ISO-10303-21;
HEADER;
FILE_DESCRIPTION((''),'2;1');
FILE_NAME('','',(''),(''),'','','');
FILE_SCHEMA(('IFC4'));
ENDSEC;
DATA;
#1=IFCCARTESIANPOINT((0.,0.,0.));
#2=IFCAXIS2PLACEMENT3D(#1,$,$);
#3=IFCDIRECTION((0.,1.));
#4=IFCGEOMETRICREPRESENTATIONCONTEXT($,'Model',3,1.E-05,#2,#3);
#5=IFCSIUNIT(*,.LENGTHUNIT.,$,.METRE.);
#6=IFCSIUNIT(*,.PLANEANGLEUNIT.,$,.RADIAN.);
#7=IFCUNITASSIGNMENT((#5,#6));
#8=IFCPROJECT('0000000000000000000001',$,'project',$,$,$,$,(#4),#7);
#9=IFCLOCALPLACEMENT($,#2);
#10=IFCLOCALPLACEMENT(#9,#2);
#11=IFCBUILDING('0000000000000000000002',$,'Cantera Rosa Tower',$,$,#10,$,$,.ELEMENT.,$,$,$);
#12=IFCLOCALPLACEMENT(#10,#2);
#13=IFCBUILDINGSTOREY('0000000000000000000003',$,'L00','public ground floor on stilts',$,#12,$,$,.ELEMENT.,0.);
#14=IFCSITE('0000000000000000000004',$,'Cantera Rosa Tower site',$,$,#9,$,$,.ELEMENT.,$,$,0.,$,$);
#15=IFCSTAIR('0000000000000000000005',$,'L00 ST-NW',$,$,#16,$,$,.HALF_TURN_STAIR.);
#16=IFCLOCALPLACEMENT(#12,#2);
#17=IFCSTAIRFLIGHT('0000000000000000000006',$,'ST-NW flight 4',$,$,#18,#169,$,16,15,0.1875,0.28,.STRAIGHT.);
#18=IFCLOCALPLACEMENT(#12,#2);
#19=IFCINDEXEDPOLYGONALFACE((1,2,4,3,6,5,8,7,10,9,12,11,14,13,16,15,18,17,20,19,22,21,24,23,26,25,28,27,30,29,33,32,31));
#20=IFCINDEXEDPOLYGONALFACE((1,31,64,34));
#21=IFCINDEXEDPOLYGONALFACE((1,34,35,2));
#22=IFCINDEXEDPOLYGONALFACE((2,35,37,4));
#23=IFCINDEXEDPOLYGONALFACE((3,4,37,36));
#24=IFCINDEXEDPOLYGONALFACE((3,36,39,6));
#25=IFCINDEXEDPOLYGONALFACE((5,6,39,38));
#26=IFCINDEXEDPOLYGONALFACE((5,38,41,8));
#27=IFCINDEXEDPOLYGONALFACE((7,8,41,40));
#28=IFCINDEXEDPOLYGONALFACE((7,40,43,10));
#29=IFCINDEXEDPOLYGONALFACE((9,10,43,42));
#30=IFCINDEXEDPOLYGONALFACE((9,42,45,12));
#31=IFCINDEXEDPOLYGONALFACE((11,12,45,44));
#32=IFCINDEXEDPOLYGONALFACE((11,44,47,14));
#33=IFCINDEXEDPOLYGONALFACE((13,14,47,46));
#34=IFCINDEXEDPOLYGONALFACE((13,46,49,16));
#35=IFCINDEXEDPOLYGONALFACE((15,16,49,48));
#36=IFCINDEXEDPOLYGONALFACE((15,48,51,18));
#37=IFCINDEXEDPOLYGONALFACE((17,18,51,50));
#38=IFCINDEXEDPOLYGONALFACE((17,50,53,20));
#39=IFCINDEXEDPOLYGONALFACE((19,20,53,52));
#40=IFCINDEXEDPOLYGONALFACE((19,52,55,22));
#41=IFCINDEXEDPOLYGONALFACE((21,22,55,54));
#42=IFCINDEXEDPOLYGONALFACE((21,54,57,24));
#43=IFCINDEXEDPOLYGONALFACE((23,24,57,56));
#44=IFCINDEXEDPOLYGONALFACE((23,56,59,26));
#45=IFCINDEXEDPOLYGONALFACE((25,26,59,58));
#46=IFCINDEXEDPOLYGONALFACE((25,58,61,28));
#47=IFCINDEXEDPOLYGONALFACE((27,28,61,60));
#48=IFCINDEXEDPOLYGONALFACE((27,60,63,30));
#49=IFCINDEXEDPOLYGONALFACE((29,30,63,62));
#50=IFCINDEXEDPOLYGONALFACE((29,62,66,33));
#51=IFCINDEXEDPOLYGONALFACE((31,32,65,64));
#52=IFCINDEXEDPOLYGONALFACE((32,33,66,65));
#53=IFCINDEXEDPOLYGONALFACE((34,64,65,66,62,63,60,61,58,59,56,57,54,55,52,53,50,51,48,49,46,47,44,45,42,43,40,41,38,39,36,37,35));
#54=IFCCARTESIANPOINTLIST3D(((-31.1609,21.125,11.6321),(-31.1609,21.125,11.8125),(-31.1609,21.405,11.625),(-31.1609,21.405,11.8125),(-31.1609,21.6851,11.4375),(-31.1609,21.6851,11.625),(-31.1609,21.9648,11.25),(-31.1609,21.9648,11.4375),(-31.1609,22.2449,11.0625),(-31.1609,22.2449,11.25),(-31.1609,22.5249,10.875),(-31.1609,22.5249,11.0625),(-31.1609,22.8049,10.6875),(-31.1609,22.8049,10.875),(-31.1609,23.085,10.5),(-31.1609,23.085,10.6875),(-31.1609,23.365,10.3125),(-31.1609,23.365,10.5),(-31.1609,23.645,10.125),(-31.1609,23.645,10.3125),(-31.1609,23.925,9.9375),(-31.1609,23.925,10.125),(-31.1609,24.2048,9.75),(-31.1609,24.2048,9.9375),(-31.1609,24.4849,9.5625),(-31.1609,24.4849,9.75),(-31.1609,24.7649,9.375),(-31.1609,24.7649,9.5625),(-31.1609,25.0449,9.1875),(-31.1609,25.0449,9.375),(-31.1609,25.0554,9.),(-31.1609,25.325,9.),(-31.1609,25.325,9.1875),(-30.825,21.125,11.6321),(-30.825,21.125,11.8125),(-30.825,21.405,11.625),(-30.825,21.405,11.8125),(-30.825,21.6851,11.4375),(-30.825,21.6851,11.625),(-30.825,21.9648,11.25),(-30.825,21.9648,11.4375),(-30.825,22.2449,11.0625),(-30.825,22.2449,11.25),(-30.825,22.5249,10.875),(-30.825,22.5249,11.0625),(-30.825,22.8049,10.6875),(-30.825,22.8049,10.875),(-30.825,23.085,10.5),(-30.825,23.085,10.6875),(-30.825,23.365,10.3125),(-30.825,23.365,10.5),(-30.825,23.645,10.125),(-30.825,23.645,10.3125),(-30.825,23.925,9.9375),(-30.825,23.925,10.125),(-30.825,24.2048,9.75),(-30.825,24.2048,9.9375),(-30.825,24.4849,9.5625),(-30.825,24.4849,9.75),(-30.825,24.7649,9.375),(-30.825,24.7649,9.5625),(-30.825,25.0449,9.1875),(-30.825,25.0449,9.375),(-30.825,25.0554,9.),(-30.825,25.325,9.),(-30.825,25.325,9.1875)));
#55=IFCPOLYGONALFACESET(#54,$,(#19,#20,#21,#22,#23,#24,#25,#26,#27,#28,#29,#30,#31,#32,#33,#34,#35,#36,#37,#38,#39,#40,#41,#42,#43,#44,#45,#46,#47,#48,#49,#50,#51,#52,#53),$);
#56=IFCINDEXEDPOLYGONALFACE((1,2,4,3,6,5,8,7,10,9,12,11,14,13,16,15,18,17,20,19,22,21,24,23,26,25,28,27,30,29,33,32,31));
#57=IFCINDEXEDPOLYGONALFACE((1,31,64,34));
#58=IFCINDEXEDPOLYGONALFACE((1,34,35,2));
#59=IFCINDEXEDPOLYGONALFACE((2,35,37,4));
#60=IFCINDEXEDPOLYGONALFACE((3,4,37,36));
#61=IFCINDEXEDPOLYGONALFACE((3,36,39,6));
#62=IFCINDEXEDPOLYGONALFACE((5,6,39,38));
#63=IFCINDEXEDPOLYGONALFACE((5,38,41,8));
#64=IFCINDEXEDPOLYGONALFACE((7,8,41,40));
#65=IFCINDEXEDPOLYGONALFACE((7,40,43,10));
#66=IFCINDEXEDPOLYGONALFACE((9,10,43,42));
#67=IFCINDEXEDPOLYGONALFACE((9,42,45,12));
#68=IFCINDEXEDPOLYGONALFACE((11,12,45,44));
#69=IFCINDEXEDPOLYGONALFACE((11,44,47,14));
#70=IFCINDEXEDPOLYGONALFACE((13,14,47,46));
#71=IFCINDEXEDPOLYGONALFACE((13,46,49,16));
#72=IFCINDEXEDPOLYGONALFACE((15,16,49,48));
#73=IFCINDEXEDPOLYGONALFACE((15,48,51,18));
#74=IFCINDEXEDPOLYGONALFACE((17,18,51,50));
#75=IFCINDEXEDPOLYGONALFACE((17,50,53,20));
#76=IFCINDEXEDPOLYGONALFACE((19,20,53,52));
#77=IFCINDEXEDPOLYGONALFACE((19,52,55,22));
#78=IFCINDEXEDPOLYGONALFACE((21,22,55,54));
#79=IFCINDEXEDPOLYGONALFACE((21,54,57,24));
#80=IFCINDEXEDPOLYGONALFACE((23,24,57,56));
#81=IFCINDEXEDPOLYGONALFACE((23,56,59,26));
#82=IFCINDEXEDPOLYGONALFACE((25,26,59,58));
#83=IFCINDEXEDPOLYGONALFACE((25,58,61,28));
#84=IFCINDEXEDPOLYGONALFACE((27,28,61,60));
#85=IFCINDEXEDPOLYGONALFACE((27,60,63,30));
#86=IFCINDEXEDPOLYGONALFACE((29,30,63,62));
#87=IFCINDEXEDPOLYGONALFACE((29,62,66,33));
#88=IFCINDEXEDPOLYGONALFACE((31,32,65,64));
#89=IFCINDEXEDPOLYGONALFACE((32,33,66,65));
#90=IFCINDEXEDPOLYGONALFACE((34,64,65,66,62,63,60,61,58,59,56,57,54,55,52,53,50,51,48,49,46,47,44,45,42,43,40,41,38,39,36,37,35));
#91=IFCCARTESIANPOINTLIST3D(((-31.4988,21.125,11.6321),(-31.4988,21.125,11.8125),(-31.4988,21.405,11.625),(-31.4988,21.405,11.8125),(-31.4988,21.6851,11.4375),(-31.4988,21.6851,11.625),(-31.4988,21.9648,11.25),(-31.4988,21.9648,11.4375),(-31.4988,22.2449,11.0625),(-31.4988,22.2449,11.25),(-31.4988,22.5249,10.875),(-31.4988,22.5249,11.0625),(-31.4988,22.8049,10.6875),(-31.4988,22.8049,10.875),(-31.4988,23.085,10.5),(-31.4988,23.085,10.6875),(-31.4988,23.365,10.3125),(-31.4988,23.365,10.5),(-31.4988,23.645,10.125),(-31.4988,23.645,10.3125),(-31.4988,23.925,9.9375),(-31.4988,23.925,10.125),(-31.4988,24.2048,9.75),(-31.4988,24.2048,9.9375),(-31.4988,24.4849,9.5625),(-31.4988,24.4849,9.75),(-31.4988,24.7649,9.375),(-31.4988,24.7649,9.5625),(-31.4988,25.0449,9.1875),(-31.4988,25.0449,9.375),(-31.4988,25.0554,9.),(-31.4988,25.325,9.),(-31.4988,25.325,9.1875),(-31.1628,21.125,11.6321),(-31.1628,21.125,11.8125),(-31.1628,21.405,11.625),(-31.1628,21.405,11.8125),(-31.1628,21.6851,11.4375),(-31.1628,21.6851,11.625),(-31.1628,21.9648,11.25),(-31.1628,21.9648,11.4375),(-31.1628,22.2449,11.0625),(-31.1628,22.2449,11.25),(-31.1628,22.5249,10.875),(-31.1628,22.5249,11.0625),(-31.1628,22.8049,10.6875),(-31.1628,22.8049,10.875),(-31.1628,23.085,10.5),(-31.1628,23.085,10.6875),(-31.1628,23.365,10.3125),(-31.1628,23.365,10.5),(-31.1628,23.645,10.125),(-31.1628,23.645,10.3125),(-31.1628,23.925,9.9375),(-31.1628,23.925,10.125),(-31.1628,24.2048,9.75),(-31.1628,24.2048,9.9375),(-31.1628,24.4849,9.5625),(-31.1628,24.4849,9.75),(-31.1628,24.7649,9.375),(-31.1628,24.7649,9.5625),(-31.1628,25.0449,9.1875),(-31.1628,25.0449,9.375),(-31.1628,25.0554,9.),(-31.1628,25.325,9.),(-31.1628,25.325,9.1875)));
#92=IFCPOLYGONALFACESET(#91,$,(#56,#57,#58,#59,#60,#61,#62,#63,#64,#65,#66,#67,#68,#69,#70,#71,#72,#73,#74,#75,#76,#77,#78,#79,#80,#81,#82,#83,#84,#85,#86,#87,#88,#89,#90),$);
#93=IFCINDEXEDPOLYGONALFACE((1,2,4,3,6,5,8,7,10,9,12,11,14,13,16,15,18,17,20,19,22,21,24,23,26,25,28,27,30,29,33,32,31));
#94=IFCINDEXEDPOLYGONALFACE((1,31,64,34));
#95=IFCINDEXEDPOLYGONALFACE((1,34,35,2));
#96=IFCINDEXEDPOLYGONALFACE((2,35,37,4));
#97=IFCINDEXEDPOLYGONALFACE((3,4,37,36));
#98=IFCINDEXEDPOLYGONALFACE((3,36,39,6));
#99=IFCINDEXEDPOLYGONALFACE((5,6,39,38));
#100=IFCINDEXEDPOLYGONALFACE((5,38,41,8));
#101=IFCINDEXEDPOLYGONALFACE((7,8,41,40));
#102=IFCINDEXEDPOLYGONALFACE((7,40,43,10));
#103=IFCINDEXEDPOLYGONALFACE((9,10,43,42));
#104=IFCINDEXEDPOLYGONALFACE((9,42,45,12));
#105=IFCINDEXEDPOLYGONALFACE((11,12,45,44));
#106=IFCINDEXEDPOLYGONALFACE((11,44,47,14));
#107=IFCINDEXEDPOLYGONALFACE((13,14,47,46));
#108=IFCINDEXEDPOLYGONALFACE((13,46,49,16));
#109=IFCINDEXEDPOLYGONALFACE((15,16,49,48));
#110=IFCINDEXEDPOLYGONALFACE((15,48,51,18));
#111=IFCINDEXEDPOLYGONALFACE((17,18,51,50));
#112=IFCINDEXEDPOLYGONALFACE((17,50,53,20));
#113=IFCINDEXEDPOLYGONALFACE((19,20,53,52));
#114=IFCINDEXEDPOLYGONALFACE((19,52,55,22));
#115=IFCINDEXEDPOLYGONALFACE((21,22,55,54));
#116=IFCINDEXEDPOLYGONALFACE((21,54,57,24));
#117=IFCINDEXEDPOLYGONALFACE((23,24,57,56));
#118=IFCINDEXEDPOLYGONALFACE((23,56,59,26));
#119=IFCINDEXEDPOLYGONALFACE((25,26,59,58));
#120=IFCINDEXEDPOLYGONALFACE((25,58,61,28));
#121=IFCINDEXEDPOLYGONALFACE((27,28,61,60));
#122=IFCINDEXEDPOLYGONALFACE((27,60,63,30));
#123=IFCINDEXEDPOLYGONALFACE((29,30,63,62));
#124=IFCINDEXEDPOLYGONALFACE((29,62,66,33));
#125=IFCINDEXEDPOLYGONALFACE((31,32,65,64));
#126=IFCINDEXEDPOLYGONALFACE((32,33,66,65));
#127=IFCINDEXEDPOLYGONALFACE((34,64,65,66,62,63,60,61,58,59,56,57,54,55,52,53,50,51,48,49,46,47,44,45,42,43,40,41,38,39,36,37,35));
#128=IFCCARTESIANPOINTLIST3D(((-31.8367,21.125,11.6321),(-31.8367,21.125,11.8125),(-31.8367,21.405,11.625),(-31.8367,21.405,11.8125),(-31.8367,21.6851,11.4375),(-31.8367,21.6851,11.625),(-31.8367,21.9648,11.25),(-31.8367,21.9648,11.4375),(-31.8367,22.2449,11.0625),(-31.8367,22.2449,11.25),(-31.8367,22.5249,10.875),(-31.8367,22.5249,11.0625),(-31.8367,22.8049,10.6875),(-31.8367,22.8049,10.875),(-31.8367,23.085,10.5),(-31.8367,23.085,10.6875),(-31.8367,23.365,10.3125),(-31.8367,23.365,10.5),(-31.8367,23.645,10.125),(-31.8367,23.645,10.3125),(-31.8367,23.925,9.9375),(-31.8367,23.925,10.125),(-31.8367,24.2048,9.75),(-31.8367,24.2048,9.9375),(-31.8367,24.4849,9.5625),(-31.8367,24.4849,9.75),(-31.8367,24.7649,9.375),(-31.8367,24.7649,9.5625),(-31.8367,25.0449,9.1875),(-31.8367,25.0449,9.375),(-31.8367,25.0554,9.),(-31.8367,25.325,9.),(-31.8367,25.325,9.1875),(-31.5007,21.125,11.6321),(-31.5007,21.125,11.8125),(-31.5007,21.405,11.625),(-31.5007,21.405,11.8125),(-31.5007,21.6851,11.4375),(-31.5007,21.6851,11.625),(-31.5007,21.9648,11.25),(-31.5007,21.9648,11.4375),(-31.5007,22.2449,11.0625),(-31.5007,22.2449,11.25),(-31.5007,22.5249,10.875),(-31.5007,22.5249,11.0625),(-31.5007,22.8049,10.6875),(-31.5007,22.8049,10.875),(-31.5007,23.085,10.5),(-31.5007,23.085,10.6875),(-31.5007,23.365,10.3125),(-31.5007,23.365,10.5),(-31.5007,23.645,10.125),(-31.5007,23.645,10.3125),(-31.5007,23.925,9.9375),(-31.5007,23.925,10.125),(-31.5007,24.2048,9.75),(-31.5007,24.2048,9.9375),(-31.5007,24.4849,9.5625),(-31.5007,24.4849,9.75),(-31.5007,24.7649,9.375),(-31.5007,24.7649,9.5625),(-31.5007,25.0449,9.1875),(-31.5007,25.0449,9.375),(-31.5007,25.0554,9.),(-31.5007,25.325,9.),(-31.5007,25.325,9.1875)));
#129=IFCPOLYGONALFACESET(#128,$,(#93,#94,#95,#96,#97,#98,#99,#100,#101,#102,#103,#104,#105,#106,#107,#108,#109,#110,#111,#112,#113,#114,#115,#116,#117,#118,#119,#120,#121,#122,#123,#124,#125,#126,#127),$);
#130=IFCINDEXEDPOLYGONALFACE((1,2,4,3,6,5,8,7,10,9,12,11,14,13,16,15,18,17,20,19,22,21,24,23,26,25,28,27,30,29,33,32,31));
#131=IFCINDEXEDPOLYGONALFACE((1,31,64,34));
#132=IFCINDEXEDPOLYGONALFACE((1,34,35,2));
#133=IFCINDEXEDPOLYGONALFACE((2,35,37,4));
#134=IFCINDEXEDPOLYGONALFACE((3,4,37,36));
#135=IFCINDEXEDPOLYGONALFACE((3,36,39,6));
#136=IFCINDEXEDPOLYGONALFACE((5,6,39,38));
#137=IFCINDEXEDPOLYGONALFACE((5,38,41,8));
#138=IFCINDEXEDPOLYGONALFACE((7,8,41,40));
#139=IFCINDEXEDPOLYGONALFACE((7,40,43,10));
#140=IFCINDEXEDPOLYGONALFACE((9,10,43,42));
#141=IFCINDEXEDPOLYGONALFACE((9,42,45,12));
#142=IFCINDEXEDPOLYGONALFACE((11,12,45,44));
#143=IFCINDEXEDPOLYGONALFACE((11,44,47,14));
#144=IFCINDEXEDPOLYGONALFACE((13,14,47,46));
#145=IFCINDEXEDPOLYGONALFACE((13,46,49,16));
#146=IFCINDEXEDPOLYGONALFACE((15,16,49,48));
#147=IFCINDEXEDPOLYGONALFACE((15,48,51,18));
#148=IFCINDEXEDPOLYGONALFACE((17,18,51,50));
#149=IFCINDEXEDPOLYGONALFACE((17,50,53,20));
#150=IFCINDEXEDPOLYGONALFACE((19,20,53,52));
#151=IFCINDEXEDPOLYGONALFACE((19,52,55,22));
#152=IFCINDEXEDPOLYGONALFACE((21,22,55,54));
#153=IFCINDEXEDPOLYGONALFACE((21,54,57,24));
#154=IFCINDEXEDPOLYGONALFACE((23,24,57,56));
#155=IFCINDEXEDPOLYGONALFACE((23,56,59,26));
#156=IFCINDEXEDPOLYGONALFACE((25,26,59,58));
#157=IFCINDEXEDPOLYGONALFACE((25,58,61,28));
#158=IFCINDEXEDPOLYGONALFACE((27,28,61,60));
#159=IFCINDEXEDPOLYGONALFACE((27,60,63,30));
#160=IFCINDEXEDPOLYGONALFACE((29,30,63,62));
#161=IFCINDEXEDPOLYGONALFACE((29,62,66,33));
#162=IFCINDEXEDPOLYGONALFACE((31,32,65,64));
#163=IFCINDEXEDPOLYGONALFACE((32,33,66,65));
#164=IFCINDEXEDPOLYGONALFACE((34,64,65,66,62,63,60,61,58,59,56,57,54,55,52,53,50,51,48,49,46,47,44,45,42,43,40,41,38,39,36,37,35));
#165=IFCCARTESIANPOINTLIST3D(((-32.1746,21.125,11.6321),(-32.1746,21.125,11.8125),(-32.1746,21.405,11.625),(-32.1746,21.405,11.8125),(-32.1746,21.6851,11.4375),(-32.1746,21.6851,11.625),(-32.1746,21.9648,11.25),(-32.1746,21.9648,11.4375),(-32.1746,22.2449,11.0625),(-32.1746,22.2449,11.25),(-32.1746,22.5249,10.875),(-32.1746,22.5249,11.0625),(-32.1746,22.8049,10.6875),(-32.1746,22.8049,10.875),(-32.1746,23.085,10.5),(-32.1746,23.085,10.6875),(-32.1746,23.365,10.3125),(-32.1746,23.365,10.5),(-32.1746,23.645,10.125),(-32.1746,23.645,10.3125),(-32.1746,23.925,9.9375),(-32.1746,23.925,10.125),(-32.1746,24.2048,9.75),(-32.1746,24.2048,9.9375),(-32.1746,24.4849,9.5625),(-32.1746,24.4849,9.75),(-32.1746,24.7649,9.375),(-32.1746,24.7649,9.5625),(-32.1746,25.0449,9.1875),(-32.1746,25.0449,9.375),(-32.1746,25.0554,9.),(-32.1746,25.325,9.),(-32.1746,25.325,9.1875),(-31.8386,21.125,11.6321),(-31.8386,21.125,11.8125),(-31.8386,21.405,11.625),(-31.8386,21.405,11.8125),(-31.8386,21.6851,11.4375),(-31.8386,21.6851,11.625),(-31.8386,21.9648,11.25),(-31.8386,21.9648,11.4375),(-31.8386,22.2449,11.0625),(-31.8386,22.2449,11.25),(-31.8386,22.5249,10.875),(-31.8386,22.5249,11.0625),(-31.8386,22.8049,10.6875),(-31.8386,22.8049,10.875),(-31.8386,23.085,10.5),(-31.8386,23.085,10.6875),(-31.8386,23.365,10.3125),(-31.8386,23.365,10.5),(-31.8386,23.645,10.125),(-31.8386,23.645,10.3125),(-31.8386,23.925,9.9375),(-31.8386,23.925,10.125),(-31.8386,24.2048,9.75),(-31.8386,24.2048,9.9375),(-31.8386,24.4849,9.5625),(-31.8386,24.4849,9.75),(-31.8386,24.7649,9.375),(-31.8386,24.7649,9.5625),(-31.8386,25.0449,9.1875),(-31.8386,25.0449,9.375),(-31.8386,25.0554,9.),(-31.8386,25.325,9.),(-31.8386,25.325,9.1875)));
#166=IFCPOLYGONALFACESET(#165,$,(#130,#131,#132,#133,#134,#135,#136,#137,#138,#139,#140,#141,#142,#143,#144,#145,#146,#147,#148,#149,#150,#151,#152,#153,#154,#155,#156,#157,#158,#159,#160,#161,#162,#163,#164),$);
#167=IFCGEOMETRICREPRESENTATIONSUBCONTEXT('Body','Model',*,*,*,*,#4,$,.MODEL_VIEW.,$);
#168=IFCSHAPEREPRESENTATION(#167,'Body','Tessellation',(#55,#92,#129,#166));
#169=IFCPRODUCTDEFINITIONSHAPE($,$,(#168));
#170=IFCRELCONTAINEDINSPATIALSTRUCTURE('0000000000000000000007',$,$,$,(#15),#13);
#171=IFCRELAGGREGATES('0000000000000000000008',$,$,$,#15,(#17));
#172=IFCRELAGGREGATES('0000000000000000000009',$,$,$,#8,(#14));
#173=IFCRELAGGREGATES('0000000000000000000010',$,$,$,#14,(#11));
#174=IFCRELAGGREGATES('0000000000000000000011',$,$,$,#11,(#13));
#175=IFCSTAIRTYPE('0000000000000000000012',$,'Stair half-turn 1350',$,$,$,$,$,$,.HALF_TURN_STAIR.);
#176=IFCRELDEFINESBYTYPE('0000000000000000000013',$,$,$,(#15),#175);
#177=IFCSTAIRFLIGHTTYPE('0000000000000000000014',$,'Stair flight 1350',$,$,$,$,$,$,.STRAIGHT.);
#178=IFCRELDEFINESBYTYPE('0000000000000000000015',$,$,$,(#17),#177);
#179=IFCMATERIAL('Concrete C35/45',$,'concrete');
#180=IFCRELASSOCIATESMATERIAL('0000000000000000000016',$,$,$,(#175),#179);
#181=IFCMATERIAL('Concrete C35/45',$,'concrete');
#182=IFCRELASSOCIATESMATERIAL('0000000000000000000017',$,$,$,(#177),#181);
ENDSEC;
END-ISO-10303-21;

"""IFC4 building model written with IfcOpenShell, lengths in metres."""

from ifc_helpers import new_model, si_unit, direction, frame, origin, place, context, subcontext, project, spatial, polyline, outline, extrude, material, type_object, element, aggregate, save


model = new_model("IFC4")

# Units and contexts
model_context = context("Model", 3, precision=1e-05, world=origin(), true_north=direction((0.0, 1.0)))
body_context = subcontext(model_context, "Body", "Model", "MODEL_VIEW")
ifc_project = project(units=[si_unit("LENGTHUNIT", "METRE"), si_unit("PLANEANGLEUNIT", "RADIAN")], contexts=[model_context])

# Site, building, storey
site_placement = place(None, origin())
site = spatial("IfcSite", under=ifc_project, at=site_placement, Name="Cantera Rosa Tower site", CompositionType="ELEMENT", RefElevation=0.0)
building_placement = place(site_placement, origin())
building = spatial("IfcBuilding", under=site, at=building_placement, Name="Cantera Rosa Tower", CompositionType="ELEMENT")
storey_placement = place(building_placement, origin())
storey = spatial("IfcBuildingStorey", under=building, at=storey_placement, Name="L00", Description="public ground floor on stilts", CompositionType="ELEMENT", Elevation=0.0)

# Stair, stair flight
ifc_material_1 = material(Name="Concrete C35/45", Category="concrete")
stair_type = type_object("IfcStairType", Name="Stair half-turn 1350", PredefinedType="HALF_TURN_STAIR", material=ifc_material_1)
stair_placement = place(storey_placement, origin())
stair = element("IfcStair", 1, at=stair_placement, inside=storey, type_object=stair_type, Name="L00 ST-NW", PredefinedType="HALF_TURN_STAIR")
ifc_material_2 = material(Name="Concrete C35/45", Category="concrete")
stair_flight_type = type_object("IfcStairFlightType", Name="Stair flight 1350", PredefinedType="STRAIGHT", material=ifc_material_2)
stair_flight_1_placement = place(storey_placement, frame((-31.5, 25.325, 9.0), z_axis=(0.0, 0.0, 1.0), x_axis=(0.0, -1.0, 0.0)))
stair_flight_1 = element("IfcStairFlight", 2, at=stair_flight_1_placement, type_object=stair_flight_type, Name="ST-NW flight 4", NumberOfRisers=16, NumberOfTreads=15, PredefinedType="STRAIGHT", RiserHeight=0.1875, TreadLength=0.28, context=body_context, shape_type="SweptSolid", body=[
    extrude(outline(polyline([(0.0, 0.0), (0.0, 0.1875), (0.28, 0.1875), (0.28, 0.375), (0.5601, 0.375), (0.5601, 0.5625), (0.8401, 0.5625), (0.8401, 0.75), (1.1201, 0.75), (1.1201, 0.9375), (1.3999, 0.9375), (1.3999, 1.125), (1.6799, 1.125), (1.6799, 1.3125), (1.96, 1.3125), (1.96, 1.5), (2.24, 1.5), (2.24, 1.6875), (2.52, 1.6875), (2.52, 1.875), (2.8, 1.875), (2.8, 2.0625), (3.0801, 2.0625), (3.0801, 2.25), (3.3601, 2.25), (3.3601, 2.4375), (3.6399, 2.4375), (3.6399, 2.625), (3.9199, 2.625), (3.9199, 2.8125), (4.2, 2.8125), (4.2, 3.0), (4.2, 2.6321), (0.2695, 0.0), (0.0, 0.0)])), frame((0.0, 0.675, 0.0), z_axis=(0.0, -1.0, 0.0), x_axis=(1.0, 0.0, 0.0)), (0.0, 0.0, 1.0), 0.3359),
    extrude(outline(polyline([(0.0, 0.0), (0.0, 0.1875), (0.28, 0.1875), (0.28, 0.375), (0.5601, 0.375), (0.5601, 0.5625), (0.8401, 0.5625), (0.8401, 0.75), (1.1201, 0.75), (1.1201, 0.9375), (1.3999, 0.9375), (1.3999, 1.125), (1.6799, 1.125), (1.6799, 1.3125), (1.96, 1.3125), (1.96, 1.5), (2.24, 1.5), (2.24, 1.6875), (2.52, 1.6875), (2.52, 1.875), (2.8, 1.875), (2.8, 2.0625), (3.0801, 2.0625), (3.0801, 2.25), (3.3601, 2.25), (3.3601, 2.4375), (3.6399, 2.4375), (3.6399, 2.625), (3.9199, 2.625), (3.9199, 2.8125), (4.2, 2.8125), (4.2, 3.0), (4.2, 2.6321), (0.2695, 0.0), (0.0, 0.0)])), frame((0.0, 0.3372, 0.0), z_axis=(0.0, -1.0, 0.0), x_axis=(1.0, 0.0, 0.0)), (0.0, 0.0, 1.0), 0.3359),
    extrude(outline(polyline([(0.0, 0.0), (0.0, 0.1875), (0.28, 0.1875), (0.28, 0.375), (0.5601, 0.375), (0.5601, 0.5625), (0.8401, 0.5625), (0.8401, 0.75), (1.1201, 0.75), (1.1201, 0.9375), (1.3999, 0.9375), (1.3999, 1.125), (1.6799, 1.125), (1.6799, 1.3125), (1.96, 1.3125), (1.96, 1.5), (2.24, 1.5), (2.24, 1.6875), (2.52, 1.6875), (2.52, 1.875), (2.8, 1.875), (2.8, 2.0625), (3.0801, 2.0625), (3.0801, 2.25), (3.3601, 2.25), (3.3601, 2.4375), (3.6399, 2.4375), (3.6399, 2.625), (3.9199, 2.625), (3.9199, 2.8125), (4.2, 2.8125), (4.2, 3.0), (4.2, 2.6321), (0.2695, 0.0), (0.0, 0.0)])), frame((0.0, -0.0007, 0.0), z_axis=(0.0, -1.0, 0.0), x_axis=(1.0, 0.0, 0.0)), (0.0, 0.0, 1.0), 0.3359),
    extrude(outline(polyline([(0.0, 0.0), (0.0, 0.1875), (0.28, 0.1875), (0.28, 0.375), (0.5601, 0.375), (0.5601, 0.5625), (0.8401, 0.5625), (0.8401, 0.75), (1.1201, 0.75), (1.1201, 0.9375), (1.3999, 0.9375), (1.3999, 1.125), (1.6799, 1.125), (1.6799, 1.3125), (1.96, 1.3125), (1.96, 1.5), (2.24, 1.5), (2.24, 1.6875), (2.52, 1.6875), (2.52, 1.875), (2.8, 1.875), (2.8, 2.0625), (3.0801, 2.0625), (3.0801, 2.25), (3.3601, 2.25), (3.3601, 2.4375), (3.6399, 2.4375), (3.6399, 2.625), (3.9199, 2.625), (3.9199, 2.8125), (4.2, 2.8125), (4.2, 3.0), (4.2, 2.6321), (0.2695, 0.0), (0.0, 0.0)])), frame((0.0, -0.3386, 0.0), z_axis=(0.0, -1.0, 0.0), x_axis=(1.0, 0.0, 0.0)), (0.0, 0.0, 1.0), 0.3359),
])
aggregate(stair, [stair_flight_1])

save(model, "model.ifc")
